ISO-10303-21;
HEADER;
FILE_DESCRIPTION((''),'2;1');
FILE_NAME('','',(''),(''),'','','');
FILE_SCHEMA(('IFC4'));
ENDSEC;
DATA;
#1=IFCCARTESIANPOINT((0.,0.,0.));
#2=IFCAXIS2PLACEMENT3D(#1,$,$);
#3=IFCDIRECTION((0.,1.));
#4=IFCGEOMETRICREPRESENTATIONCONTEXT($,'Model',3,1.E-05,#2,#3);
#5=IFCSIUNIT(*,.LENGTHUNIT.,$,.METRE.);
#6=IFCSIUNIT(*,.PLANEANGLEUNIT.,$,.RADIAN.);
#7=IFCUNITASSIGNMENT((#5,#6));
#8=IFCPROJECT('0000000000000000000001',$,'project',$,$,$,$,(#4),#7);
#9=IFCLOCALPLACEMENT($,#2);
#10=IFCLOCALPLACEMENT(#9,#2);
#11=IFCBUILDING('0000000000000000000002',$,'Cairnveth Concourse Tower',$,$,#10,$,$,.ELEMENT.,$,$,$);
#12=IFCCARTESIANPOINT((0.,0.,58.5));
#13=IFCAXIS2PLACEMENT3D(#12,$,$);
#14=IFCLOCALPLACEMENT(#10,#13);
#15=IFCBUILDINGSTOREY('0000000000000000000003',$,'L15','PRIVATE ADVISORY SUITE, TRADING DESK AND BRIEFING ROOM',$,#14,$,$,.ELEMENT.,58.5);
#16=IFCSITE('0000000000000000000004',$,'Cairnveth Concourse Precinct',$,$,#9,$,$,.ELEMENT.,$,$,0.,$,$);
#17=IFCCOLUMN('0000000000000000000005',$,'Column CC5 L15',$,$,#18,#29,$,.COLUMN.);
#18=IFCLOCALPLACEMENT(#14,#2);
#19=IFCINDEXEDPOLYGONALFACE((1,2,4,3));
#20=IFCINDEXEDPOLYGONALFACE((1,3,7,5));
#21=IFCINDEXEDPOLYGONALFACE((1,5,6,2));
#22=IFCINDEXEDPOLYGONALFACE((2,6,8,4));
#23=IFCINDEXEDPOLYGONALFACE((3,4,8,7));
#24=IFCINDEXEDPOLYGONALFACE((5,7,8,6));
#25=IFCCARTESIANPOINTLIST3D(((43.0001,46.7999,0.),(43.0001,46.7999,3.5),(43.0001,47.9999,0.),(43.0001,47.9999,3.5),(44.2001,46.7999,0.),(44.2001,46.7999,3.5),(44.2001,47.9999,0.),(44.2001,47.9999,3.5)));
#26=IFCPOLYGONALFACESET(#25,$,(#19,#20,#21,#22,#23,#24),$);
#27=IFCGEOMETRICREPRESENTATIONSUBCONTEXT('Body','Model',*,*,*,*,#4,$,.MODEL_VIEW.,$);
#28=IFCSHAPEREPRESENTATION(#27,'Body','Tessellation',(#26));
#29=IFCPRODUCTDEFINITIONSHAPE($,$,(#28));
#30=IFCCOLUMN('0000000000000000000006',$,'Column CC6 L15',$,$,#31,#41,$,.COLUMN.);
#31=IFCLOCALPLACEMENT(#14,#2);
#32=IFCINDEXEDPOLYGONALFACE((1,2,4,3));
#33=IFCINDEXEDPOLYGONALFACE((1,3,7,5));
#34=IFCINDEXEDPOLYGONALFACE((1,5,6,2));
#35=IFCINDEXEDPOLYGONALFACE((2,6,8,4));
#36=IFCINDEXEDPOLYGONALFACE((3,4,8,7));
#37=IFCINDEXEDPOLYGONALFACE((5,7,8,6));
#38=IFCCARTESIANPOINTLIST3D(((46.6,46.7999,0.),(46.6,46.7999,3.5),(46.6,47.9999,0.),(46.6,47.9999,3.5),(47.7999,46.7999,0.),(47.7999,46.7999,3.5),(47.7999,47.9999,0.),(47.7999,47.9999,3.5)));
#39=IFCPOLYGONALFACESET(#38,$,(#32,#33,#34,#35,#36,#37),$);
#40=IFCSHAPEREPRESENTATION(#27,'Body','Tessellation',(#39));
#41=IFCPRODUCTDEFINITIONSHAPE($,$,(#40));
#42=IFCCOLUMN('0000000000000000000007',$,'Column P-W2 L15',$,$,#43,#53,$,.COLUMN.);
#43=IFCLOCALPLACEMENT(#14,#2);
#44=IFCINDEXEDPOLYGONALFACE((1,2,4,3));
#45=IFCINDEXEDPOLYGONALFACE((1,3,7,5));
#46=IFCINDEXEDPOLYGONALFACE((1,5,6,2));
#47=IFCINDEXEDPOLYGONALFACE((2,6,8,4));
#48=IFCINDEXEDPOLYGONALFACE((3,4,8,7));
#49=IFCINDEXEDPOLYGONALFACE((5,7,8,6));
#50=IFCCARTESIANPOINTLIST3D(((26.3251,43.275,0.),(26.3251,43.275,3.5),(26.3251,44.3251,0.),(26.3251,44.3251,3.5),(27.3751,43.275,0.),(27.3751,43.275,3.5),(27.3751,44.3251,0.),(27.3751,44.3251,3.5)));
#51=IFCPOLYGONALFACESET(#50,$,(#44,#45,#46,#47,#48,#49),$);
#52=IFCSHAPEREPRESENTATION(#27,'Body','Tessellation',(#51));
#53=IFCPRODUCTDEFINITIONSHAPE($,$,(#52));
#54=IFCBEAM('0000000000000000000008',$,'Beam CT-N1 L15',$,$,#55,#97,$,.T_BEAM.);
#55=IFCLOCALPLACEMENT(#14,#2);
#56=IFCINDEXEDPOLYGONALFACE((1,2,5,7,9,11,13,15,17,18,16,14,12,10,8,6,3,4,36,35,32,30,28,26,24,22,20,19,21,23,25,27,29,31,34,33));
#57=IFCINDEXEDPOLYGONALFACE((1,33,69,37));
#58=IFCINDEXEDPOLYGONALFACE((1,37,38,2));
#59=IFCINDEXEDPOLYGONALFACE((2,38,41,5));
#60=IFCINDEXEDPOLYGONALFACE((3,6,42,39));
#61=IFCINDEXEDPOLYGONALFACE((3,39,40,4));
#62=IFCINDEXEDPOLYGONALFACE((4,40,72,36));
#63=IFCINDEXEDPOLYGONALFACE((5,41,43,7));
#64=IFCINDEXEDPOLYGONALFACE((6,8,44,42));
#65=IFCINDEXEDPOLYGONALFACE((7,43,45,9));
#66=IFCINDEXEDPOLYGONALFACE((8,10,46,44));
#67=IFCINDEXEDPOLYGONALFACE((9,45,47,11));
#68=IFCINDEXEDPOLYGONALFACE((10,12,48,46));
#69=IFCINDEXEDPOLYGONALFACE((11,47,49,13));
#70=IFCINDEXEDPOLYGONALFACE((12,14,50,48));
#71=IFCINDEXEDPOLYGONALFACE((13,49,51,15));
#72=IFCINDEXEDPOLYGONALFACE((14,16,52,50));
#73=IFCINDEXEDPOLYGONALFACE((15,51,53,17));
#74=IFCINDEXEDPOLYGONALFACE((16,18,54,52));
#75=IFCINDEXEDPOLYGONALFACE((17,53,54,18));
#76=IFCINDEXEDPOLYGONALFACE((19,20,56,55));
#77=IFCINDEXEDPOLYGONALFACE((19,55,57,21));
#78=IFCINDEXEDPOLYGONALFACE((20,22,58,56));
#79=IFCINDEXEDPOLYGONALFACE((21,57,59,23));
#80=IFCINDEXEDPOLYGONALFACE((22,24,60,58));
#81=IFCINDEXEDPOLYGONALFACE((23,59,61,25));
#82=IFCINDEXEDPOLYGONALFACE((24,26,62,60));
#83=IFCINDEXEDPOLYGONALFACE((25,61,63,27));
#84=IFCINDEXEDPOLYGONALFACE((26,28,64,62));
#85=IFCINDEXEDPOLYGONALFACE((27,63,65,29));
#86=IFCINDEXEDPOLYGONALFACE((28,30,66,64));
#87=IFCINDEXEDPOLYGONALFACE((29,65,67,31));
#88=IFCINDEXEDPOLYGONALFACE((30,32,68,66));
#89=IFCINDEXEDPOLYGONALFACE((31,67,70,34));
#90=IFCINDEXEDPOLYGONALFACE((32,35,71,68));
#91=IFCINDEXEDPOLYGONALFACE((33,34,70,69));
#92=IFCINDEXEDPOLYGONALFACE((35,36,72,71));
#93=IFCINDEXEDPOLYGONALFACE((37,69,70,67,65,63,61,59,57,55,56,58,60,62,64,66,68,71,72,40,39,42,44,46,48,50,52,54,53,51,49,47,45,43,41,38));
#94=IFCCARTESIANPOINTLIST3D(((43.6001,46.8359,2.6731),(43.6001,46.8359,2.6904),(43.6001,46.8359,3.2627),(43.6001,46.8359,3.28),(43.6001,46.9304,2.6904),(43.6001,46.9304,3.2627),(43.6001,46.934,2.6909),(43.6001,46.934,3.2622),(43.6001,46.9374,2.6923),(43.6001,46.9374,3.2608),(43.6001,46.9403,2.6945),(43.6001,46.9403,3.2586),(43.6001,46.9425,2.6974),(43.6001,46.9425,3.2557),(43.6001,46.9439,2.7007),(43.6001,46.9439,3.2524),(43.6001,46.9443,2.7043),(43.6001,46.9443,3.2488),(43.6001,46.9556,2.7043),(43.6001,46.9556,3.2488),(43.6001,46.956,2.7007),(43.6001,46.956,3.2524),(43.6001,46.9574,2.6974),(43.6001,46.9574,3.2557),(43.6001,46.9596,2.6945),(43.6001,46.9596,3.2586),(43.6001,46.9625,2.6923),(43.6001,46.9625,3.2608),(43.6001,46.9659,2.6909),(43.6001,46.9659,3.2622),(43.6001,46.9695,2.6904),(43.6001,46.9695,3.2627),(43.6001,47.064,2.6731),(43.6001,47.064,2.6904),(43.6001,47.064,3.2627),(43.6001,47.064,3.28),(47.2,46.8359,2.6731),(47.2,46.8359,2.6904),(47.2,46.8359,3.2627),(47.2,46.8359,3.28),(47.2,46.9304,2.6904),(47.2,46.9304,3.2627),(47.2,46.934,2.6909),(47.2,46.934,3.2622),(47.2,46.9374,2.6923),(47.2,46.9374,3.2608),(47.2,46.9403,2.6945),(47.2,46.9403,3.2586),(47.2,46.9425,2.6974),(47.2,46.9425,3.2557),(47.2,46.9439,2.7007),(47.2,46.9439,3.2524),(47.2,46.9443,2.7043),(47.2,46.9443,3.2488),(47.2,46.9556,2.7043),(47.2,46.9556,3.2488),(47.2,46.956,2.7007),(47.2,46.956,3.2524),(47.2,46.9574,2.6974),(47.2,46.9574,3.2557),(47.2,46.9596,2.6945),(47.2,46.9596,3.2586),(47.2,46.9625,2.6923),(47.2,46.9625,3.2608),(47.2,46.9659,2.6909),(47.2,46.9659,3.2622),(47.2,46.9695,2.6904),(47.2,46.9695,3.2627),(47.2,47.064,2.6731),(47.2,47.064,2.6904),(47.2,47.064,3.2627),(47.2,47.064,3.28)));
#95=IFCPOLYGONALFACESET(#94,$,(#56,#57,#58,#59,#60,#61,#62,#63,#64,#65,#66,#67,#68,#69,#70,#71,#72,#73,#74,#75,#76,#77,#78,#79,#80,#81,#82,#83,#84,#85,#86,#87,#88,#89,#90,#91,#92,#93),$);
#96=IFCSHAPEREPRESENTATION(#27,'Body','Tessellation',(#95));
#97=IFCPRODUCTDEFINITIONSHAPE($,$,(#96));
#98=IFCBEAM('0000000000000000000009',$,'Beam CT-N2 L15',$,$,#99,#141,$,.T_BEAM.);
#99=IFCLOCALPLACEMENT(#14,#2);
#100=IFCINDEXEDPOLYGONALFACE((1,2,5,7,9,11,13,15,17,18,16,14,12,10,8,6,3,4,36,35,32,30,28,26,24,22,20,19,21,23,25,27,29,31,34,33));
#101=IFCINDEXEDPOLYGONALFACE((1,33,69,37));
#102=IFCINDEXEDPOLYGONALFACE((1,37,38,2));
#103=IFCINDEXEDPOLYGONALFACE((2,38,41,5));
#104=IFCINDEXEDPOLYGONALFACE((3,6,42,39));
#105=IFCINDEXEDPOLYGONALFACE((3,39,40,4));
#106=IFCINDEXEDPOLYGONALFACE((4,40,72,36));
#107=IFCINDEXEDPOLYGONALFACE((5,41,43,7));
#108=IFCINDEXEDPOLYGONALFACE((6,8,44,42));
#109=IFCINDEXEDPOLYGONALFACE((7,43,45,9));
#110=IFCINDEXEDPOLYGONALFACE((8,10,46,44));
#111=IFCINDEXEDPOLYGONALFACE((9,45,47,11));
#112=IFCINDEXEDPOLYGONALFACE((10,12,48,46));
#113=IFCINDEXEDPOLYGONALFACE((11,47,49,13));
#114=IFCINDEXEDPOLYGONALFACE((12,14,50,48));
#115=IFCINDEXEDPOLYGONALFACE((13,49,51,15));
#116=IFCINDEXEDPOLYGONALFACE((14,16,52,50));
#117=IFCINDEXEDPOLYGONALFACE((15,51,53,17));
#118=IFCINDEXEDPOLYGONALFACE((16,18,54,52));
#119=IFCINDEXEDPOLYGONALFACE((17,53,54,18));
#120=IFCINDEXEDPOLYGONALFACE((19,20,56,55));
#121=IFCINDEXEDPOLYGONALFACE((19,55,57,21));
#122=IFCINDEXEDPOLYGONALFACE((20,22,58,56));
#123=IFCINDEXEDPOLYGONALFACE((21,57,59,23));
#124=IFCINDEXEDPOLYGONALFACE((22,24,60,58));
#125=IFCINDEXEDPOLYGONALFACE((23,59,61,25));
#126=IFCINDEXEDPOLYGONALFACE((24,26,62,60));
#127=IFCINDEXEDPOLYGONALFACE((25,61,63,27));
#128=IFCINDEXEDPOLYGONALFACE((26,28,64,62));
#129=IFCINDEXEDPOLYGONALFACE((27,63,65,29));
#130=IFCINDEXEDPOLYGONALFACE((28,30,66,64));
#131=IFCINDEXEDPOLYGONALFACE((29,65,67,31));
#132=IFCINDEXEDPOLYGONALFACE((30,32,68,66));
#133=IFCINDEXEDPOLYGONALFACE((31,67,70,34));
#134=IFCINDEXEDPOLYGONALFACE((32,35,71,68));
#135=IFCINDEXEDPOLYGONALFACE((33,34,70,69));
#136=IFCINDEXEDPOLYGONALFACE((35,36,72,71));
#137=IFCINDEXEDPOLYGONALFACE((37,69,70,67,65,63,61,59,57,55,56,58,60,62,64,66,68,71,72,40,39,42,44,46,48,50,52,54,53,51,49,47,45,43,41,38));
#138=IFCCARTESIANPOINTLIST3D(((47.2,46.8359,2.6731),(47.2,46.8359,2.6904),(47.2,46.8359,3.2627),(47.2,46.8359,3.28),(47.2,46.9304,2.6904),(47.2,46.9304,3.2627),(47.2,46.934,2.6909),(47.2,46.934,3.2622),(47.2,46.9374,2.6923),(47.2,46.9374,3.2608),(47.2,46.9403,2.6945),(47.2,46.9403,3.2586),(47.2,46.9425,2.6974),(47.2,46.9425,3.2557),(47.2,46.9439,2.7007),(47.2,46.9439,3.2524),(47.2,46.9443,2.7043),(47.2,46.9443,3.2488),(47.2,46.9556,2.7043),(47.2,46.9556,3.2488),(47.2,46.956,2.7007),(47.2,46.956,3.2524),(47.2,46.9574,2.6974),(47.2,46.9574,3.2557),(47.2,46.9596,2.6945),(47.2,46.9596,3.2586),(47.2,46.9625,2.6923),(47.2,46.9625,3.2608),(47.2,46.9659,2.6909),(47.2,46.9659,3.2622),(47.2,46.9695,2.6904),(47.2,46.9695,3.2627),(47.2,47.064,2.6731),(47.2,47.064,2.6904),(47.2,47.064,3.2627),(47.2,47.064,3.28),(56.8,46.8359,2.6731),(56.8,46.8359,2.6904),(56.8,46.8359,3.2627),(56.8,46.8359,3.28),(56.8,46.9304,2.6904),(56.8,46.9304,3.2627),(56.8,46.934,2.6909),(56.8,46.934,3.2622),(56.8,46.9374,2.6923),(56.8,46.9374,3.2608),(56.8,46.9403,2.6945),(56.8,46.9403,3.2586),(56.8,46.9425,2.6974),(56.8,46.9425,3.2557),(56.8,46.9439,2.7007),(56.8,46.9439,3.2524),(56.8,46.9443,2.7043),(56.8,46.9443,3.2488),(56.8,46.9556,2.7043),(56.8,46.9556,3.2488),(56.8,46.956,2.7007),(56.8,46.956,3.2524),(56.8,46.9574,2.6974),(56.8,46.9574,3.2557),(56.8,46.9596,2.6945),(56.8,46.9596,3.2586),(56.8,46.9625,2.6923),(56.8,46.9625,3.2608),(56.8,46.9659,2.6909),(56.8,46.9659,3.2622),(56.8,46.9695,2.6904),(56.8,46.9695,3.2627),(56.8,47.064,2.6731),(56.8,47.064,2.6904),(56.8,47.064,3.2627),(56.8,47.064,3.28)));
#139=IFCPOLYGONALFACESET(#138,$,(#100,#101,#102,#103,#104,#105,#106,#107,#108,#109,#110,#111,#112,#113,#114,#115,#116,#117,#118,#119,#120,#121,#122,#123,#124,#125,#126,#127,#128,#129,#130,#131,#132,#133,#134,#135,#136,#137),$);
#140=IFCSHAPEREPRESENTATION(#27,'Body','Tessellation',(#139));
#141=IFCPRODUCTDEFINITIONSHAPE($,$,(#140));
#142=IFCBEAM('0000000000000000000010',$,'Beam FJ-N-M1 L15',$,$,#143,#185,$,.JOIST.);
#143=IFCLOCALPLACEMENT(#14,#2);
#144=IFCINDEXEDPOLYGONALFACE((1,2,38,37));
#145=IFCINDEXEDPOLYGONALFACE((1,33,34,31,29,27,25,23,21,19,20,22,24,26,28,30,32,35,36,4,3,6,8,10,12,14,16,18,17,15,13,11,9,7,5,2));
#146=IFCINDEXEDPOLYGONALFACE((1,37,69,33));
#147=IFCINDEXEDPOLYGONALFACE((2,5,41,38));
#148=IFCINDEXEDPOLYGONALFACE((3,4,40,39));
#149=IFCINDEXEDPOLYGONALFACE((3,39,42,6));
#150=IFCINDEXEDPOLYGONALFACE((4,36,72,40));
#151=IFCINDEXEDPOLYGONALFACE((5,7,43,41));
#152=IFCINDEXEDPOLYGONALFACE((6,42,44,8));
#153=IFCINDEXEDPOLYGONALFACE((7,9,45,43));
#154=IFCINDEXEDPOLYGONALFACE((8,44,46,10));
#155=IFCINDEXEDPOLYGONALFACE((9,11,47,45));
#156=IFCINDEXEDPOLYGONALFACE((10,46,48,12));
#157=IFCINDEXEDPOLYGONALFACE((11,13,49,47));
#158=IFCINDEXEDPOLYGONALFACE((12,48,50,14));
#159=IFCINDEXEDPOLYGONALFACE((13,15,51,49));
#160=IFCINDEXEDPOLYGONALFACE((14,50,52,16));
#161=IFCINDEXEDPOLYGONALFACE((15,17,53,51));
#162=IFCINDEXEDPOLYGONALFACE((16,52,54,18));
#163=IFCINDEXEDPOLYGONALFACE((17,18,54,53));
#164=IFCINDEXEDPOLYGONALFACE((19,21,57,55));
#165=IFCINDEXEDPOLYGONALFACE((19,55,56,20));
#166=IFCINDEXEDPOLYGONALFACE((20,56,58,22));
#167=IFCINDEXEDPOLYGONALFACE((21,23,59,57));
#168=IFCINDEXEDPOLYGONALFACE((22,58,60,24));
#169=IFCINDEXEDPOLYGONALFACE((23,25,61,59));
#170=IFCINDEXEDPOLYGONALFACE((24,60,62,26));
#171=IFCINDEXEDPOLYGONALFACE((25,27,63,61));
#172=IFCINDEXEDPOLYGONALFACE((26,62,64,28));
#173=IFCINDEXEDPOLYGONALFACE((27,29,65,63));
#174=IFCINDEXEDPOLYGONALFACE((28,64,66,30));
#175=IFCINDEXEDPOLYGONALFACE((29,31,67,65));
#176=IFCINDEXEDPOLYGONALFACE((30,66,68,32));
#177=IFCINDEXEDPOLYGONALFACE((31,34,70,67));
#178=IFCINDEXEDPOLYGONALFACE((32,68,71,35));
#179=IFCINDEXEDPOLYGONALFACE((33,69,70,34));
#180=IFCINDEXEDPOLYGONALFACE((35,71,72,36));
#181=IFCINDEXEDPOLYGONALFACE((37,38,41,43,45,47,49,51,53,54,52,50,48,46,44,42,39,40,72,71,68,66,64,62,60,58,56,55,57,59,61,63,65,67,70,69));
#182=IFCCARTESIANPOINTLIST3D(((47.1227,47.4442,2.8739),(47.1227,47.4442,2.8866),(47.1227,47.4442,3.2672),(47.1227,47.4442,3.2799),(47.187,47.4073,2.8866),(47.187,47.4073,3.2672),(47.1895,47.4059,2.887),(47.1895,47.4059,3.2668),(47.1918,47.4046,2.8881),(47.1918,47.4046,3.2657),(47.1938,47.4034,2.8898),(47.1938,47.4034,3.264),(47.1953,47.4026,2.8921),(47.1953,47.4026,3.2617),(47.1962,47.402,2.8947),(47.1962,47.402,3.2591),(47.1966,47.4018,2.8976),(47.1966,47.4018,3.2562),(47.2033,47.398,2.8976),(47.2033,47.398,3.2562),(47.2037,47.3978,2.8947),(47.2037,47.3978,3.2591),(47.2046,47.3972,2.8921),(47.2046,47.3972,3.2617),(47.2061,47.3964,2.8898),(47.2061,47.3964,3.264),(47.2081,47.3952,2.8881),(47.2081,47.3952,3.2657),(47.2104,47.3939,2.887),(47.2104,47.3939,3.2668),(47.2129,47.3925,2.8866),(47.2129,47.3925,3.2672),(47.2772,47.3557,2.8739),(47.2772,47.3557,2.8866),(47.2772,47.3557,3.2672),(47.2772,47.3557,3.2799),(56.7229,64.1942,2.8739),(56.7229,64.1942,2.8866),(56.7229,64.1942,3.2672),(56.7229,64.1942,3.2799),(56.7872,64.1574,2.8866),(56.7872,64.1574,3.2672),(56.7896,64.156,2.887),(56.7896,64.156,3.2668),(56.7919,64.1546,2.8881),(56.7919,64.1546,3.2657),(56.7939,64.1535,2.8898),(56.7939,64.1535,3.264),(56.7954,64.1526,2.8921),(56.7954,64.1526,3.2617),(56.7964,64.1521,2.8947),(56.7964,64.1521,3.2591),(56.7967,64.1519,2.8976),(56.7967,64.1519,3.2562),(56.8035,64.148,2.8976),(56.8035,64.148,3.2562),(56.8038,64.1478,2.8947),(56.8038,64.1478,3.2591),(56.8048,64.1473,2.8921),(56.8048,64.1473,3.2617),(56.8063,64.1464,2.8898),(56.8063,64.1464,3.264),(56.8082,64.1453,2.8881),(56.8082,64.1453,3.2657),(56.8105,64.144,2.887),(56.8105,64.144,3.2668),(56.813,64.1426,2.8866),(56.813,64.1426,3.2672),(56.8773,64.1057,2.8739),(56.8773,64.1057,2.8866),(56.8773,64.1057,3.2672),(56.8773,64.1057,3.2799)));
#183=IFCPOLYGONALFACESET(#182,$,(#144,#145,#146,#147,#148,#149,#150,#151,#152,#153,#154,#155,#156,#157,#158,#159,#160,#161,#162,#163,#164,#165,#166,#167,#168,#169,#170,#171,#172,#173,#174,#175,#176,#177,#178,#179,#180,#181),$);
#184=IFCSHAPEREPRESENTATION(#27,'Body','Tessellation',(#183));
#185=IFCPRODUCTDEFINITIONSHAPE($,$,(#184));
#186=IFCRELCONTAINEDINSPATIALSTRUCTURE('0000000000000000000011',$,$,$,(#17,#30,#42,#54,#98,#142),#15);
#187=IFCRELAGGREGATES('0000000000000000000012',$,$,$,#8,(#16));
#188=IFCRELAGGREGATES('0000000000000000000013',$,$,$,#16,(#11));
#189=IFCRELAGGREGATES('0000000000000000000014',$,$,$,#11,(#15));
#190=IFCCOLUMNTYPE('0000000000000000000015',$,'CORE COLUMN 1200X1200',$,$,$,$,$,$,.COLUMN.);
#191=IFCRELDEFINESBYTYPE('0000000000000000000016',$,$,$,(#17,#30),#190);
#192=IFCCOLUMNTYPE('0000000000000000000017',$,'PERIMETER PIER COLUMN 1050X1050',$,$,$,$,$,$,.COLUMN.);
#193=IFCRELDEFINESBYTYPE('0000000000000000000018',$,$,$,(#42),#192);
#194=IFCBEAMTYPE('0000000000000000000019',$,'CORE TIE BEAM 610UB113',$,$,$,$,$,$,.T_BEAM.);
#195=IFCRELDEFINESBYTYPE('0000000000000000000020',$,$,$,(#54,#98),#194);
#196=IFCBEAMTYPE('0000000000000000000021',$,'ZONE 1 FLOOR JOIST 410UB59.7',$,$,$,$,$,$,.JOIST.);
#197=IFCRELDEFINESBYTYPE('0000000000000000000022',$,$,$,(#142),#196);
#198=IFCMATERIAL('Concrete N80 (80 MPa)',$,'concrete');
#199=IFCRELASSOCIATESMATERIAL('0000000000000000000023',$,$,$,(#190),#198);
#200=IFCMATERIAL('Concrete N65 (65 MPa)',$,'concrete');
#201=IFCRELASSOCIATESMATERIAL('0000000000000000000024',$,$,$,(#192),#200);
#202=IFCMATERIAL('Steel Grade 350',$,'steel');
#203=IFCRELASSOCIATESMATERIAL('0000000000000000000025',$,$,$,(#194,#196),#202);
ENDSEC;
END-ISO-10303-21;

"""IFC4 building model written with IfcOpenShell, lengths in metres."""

from ifc_helpers import new_model, si_unit, direction, frame, origin, origin_2d, place, context, subcontext, project, spatial, rectangle, i_section, extrude, material, material_profile, profile_set, type_object, element, save


model = new_model("IFC4")

# Units and contexts
model_context = context("Model", 3, precision=1e-05, world=origin(), true_north=direction((0.0, 1.0)))
body_context = subcontext(model_context, "Body", "Model", "MODEL_VIEW")
ifc_project = project(units=[si_unit("LENGTHUNIT", "METRE"), si_unit("PLANEANGLEUNIT", "RADIAN")], contexts=[model_context])

# Site, building, storey
site_placement = place(None, origin())
site = spatial("IfcSite", under=ifc_project, at=site_placement, Name="Cairnveth Concourse Precinct", CompositionType="ELEMENT", RefElevation=0.0)
building_placement = place(site_placement, origin())
building = spatial("IfcBuilding", under=site, at=building_placement, Name="Cairnveth Concourse Tower", CompositionType="ELEMENT")
storey_placement = place(building_placement, frame((0.0, 0.0, 58.5)))
storey = spatial("IfcBuildingStorey", under=building, at=storey_placement, Name="L15", Description="PRIVATE ADVISORY SUITE, TRADING DESK AND BRIEFING ROOM", CompositionType="ELEMENT", Elevation=58.5)

# Columns
ifc_material_1 = material(Name="Concrete N80 (80 MPa)", Category="concrete")
ifc_material_profile_1 = material_profile(ifc_material_1, rectangle(XDim=1.2, YDim=1.2, at=origin_2d()), Name="RC-COL-1200x1200")
ifc_profile_set_1 = profile_set([ifc_material_profile_1], Name="Concrete N80 (80 MPa)")
column_type_1 = type_object("IfcColumnType", Name="CORE COLUMN 1200X1200", PredefinedType="COLUMN", material=ifc_profile_set_1)
for number, where, z_axis, x_axis, name in (
    (1, (43.6001, 47.3999, 0.0), (0.0, 0.0, 1.0), (1.0, 0.0, 0.0), "Column CC5 L15"),
    (2, (47.2, 47.3999, 0.0), (0.0, 0.0, 1.0), (1.0, 0.0, 0.0), "Column CC6 L15"),
):
    element("IfcColumn", number, at=place(storey_placement, frame(where, z_axis=z_axis, x_axis=x_axis)), inside=storey, type_object=column_type_1, Name=name, PredefinedType="COLUMN", context=body_context, shape_type="SweptSolid", body=[
        extrude(rectangle(XDim=1.2, YDim=1.2, at=origin_2d()), origin(), (0.0, 0.0, 1.0), 3.5),
    ])
ifc_material_2 = material(Name="Concrete N65 (65 MPa)", Category="concrete")
ifc_material_profile_2 = material_profile(ifc_material_2, rectangle(XDim=1.05, YDim=1.05, at=origin_2d()), Name="RC-COL-1050x1050")
ifc_profile_set_2 = profile_set([ifc_material_profile_2], Name="Concrete N65 (65 MPa)")
column_type_2 = type_object("IfcColumnType", Name="PERIMETER PIER COLUMN 1050X1050", PredefinedType="COLUMN", material=ifc_profile_set_2)
column_placement = place(storey_placement, frame((26.8501, 43.8, 0.0), z_axis=(0.0, 0.0, 1.0), x_axis=(0.0, 1.0, 0.0)))
element("IfcColumn", 3, at=column_placement, inside=storey, type_object=column_type_2, Name="Column P-W2 L15", PredefinedType="COLUMN", context=body_context, shape_type="SweptSolid", body=[
    extrude(rectangle(XDim=1.05, YDim=1.05, at=origin_2d()), origin(), (0.0, 0.0, 1.0), 3.5),
])

# Beams
ifc_material_3 = material(Name="Steel Grade 350", Category="steel")
ifc_material_profile_3 = material_profile(ifc_material_3, i_section(OverallWidth=0.228, OverallDepth=0.6069, WebThickness=0.0112, FlangeThickness=0.0173, FilletRadius=0.0139, at=origin_2d()), Name="610UB113")
ifc_profile_set_3 = profile_set([ifc_material_profile_3], Name="Steel Grade 350")
beam_type_1 = type_object("IfcBeamType", Name="CORE TIE BEAM 610UB113", PredefinedType="T_BEAM", material=ifc_profile_set_3)
beam_1_placement = place(storey_placement, frame((43.6001, 46.95, 2.9766), z_axis=(1.0, 0.0, 0.0), x_axis=(0.0, 1.0, 0.0)))
element("IfcBeam", 4, at=beam_1_placement, inside=storey, type_object=beam_type_1, Name="Beam CT-N1 L15", PredefinedType="T_BEAM", context=body_context, shape_type="SweptSolid", body=[
    extrude(i_section(OverallWidth=0.228, OverallDepth=0.6069, WebThickness=0.0112, FlangeThickness=0.0173, FilletRadius=0.0139, at=origin_2d()), origin(), (0.0, 0.0, 1.0), 3.5999),
])
beam_2_placement = place(storey_placement, frame((47.2, 46.95, 2.9766), z_axis=(1.0, 0.0, 0.0), x_axis=(0.0, 1.0, 0.0)))
element("IfcBeam", 5, at=beam_2_placement, inside=storey, type_object=beam_type_1, Name="Beam CT-N2 L15", PredefinedType="T_BEAM", context=body_context, shape_type="SweptSolid", body=[
    extrude(i_section(OverallWidth=0.228, OverallDepth=0.6069, WebThickness=0.0112, FlangeThickness=0.0173, FilletRadius=0.0139, at=origin_2d()), origin(), (0.0, 0.0, 1.0), 9.6001),
])
ifc_material_profile_4 = material_profile(ifc_material_3, i_section(OverallWidth=0.178, OverallDepth=0.406, WebThickness=0.0078, FlangeThickness=0.0127, FilletRadius=0.011, at=origin_2d()), Name="410UB59.7")
ifc_profile_set_4 = profile_set([ifc_material_profile_4], Name="Steel Grade 350")
beam_type_2 = type_object("IfcBeamType", Name="ZONE 1 FLOOR JOIST 410UB59.7", PredefinedType="JOIST", material=ifc_profile_set_4)
beam_3_placement = place(storey_placement, frame((47.2, 47.3999, 3.0769), z_axis=(0.497258, 0.867603, 0.0), x_axis=(-0.867603, 0.497258, 0.0)))
element("IfcBeam", 6, at=beam_3_placement, inside=storey, type_object=beam_type_2, Name="Beam FJ-N-M1 L15", PredefinedType="JOIST", context=body_context, shape_type="SweptSolid", body=[
    extrude(i_section(OverallWidth=0.178, OverallDepth=0.406, WebThickness=0.0078, FlangeThickness=0.0127, FilletRadius=0.011, at=origin_2d()), origin(), (0.0, 0.0, 1.0), 19.3062),
])

save(model, "model.ifc")
